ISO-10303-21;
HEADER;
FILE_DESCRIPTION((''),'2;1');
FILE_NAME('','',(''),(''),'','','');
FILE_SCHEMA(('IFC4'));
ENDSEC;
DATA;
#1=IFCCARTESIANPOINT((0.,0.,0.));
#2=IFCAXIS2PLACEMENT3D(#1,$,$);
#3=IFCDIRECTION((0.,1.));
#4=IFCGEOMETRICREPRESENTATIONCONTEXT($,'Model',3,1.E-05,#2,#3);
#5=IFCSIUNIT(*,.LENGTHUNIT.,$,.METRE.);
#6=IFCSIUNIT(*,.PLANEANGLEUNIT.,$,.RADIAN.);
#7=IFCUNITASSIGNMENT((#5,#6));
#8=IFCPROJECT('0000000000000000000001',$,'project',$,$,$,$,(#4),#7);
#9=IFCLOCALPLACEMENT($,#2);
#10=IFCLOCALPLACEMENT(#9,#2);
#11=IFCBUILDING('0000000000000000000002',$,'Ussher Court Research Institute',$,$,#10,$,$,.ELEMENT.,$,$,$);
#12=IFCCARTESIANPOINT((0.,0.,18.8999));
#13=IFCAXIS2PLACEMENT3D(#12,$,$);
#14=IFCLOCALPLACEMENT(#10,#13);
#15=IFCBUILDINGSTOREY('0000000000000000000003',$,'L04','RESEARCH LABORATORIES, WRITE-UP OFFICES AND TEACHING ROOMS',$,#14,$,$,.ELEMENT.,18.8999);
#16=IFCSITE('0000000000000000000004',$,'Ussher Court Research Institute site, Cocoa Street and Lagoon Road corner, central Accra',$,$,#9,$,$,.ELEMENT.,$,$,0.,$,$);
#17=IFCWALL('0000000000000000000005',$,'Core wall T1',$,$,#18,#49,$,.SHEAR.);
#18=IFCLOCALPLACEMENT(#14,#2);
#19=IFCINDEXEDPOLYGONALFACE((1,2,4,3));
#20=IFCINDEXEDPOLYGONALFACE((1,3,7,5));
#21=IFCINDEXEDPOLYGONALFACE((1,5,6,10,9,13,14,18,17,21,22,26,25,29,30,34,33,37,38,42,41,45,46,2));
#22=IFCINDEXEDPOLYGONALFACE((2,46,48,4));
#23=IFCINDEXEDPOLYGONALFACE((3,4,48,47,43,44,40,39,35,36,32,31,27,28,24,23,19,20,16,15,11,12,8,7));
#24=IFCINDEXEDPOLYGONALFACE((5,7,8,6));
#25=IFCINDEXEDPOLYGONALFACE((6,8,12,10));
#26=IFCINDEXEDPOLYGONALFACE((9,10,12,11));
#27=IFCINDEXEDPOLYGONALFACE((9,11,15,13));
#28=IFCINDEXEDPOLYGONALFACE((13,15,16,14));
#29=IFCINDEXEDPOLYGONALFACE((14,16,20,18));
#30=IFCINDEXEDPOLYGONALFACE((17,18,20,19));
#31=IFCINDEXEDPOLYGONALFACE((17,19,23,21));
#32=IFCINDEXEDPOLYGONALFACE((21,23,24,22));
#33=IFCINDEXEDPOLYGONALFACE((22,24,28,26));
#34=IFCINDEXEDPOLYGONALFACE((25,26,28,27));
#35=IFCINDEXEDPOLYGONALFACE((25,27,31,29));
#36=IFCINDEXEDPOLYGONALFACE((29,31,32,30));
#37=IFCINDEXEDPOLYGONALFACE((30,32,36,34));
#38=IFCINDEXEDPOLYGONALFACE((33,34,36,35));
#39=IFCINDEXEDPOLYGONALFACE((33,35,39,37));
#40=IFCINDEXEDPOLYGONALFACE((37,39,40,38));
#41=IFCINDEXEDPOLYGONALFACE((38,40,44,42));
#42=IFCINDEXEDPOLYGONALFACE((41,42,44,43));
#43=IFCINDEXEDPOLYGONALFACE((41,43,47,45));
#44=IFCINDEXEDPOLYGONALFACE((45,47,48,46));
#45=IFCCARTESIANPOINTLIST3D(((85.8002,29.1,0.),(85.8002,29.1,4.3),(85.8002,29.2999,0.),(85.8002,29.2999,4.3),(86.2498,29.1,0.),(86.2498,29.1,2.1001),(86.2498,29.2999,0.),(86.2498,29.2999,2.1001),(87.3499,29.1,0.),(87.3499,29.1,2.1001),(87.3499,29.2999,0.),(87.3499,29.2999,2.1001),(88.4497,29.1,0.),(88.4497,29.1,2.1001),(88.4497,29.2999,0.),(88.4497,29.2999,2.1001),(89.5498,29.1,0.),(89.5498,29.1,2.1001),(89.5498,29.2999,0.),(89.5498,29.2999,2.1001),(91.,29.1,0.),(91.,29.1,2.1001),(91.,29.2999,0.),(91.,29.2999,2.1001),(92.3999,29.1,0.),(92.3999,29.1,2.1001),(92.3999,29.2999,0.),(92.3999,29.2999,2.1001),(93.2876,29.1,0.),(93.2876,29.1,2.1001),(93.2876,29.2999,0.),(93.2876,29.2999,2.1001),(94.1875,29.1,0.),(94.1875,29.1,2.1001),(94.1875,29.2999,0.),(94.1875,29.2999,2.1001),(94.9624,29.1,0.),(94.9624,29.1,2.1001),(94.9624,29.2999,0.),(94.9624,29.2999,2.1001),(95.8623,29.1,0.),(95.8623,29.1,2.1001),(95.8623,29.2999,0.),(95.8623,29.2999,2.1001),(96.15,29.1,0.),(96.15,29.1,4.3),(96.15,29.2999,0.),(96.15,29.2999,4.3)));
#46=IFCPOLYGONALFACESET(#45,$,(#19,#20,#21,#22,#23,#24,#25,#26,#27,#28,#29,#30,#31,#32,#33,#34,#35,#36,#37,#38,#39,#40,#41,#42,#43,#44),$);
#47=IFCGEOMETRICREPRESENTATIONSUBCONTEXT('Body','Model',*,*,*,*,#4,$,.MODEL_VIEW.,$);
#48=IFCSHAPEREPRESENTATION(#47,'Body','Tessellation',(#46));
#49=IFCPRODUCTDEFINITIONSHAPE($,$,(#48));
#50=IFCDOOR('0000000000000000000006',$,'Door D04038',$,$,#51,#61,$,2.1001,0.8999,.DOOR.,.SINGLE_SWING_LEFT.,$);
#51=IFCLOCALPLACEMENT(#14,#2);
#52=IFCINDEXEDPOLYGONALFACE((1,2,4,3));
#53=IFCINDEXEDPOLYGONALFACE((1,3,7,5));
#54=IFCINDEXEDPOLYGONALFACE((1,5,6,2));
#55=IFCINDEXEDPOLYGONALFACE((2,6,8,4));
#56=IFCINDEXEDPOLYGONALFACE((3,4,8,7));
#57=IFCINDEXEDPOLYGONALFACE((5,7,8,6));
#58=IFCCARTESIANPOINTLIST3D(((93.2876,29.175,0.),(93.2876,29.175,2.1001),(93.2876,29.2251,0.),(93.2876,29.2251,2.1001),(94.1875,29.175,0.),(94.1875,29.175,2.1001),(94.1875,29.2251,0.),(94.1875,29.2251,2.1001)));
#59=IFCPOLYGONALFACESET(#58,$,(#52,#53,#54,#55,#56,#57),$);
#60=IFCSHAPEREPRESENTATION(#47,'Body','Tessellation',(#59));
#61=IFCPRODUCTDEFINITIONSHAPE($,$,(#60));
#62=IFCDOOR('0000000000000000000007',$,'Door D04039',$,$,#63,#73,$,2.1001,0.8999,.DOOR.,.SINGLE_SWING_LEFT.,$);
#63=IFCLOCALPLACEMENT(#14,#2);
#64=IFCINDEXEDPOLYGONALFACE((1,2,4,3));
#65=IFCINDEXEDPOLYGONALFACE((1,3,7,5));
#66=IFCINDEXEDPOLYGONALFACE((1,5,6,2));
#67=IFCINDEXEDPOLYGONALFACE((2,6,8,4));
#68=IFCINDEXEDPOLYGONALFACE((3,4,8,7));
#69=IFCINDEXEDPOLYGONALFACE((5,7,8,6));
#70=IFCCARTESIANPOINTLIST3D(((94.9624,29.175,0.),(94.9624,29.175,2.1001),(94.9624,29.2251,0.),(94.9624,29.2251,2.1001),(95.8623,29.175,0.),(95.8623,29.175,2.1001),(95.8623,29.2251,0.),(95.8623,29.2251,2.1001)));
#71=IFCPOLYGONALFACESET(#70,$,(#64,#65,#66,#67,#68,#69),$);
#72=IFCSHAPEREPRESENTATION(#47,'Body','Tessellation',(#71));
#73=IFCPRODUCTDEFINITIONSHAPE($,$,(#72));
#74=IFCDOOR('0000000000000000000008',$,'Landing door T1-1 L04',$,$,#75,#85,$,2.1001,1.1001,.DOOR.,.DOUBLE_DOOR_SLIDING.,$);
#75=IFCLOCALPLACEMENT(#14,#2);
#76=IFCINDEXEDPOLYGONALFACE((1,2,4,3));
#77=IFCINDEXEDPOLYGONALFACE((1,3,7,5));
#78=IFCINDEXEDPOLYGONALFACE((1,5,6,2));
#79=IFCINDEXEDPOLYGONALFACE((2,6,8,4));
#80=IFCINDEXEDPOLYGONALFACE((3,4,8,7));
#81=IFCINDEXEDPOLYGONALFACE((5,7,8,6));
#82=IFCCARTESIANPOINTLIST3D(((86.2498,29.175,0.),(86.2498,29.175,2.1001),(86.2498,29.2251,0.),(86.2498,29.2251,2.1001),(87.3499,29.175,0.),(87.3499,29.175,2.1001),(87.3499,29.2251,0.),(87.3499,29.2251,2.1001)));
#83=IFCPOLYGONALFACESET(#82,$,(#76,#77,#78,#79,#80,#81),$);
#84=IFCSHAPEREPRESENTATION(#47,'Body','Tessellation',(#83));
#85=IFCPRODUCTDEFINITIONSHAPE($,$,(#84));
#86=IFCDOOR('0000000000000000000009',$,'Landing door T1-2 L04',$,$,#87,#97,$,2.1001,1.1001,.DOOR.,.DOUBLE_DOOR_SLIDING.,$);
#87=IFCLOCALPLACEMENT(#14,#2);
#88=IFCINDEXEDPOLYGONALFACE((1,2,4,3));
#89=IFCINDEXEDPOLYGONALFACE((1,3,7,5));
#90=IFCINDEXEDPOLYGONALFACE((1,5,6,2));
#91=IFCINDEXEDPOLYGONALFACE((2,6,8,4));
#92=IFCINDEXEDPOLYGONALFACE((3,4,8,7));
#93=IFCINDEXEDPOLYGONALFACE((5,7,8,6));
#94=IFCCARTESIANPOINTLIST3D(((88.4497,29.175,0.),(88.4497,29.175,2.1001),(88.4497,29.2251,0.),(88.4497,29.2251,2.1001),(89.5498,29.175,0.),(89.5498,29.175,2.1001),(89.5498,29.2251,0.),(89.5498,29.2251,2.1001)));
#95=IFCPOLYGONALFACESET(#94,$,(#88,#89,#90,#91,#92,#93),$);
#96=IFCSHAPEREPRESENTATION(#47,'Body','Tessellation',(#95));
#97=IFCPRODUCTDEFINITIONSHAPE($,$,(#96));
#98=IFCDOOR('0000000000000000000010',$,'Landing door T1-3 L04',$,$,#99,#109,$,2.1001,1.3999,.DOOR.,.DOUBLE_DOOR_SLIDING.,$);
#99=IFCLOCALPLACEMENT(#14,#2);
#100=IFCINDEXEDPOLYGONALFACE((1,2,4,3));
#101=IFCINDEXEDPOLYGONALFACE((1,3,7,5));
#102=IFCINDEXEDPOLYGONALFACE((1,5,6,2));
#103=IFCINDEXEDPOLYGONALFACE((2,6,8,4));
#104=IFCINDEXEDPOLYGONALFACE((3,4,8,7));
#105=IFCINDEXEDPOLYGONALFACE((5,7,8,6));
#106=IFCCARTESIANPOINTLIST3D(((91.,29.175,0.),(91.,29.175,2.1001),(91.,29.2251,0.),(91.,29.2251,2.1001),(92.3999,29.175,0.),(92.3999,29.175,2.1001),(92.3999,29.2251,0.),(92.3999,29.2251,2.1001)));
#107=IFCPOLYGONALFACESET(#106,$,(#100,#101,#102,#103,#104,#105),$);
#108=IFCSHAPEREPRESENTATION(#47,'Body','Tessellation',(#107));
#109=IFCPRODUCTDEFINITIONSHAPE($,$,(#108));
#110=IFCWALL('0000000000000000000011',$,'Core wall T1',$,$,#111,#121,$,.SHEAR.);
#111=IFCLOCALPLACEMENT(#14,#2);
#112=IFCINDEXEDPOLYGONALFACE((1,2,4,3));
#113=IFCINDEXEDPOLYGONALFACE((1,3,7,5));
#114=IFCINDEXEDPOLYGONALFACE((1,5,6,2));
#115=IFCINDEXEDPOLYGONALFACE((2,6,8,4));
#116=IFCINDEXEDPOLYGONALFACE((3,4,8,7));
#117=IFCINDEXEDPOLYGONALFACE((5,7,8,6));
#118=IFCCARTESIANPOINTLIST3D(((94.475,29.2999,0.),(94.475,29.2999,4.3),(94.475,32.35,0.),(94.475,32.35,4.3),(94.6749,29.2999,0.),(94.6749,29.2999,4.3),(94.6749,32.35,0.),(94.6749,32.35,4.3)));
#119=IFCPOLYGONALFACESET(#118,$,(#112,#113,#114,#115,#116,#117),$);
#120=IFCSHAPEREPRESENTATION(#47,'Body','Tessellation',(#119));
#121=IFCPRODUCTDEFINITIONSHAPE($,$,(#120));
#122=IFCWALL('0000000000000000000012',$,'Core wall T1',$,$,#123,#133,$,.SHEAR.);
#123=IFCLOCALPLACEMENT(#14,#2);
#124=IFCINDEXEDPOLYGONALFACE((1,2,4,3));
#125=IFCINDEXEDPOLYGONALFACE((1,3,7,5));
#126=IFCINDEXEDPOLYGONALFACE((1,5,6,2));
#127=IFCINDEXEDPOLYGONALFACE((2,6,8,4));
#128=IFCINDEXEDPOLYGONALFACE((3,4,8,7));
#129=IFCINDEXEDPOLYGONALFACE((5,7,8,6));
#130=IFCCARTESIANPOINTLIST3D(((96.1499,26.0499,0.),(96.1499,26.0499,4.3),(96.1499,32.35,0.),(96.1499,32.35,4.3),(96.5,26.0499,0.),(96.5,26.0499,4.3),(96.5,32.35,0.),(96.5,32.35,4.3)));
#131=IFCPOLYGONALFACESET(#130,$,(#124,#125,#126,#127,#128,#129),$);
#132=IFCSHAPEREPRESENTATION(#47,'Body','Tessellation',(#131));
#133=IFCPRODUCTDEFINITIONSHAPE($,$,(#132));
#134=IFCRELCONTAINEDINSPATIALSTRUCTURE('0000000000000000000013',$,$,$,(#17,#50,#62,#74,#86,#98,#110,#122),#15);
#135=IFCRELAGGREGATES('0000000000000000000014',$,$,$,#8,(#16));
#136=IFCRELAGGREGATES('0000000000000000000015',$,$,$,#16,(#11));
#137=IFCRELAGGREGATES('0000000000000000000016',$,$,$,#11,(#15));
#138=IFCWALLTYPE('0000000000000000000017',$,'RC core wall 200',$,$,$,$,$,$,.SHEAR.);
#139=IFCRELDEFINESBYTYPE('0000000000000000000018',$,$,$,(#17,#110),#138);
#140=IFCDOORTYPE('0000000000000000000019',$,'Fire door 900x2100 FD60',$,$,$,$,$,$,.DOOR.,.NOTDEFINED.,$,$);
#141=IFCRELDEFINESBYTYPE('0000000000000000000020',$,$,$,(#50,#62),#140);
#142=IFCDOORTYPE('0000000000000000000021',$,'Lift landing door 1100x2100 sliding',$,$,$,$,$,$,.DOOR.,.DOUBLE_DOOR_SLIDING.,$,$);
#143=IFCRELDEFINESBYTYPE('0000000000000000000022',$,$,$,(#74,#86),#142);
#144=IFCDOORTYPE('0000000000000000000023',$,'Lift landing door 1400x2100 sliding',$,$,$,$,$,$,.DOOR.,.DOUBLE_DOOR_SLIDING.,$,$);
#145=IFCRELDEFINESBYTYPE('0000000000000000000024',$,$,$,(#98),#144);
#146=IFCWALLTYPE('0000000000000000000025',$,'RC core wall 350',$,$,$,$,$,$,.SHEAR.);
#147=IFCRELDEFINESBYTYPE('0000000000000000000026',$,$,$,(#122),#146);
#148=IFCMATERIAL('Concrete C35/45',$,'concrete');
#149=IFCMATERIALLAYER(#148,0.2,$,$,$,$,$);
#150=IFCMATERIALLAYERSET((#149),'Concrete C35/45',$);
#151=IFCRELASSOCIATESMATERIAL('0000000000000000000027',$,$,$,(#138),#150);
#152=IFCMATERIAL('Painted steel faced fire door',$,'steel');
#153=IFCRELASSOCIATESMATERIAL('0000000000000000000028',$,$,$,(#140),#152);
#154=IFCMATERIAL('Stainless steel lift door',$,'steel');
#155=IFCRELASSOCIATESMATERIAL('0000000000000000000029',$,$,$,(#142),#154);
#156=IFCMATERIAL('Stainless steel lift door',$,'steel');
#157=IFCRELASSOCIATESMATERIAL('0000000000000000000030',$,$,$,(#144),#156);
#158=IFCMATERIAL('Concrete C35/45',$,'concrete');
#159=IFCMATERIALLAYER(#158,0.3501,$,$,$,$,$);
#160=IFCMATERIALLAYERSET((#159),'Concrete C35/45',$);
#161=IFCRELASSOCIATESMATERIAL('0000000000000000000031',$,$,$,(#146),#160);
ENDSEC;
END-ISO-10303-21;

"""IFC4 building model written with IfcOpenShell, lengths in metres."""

from ifc_helpers import new_model, si_unit, direction, frame, frame_2d, origin, place, context, subcontext, project, spatial, rectangle, extrude, material, layer, layer_set, type_object, element, fill, save


model = new_model("IFC4")

# Units and contexts
model_context = context("Model", 3, precision=1e-05, world=origin(), true_north=direction((0.0, 1.0)))
body_context = subcontext(model_context, "Body", "Model", "MODEL_VIEW")
ifc_project = project(units=[si_unit("LENGTHUNIT", "METRE"), si_unit("PLANEANGLEUNIT", "RADIAN")], contexts=[model_context])

# Site, building, storey
site_placement = place(None, origin())
site = spatial("IfcSite", under=ifc_project, at=site_placement, Name="Ussher Court Research Institute site, Cocoa Street and Lagoon Road corner, central Accra", CompositionType="ELEMENT", RefElevation=0.0)
building_placement = place(site_placement, origin())
building = spatial("IfcBuilding", under=site, at=building_placement, Name="Ussher Court Research Institute", CompositionType="ELEMENT")
storey_placement = place(building_placement, frame((0.0, 0.0, 18.8999)))
storey = spatial("IfcBuildingStorey", under=building, at=storey_placement, Name="L04", Description="RESEARCH LABORATORIES, WRITE-UP OFFICES AND TEACHING ROOMS", CompositionType="ELEMENT", Elevation=18.8999)

# Wall, openings, doors
ifc_material_1 = material(Name="Concrete C35/45", Category="concrete")
ifc_layer_1 = layer(ifc_material_1, 0.2)
ifc_layer_set_1 = layer_set([ifc_layer_1], Name="Concrete C35/45")
wall_type_1 = type_object("IfcWallType", Name="RC core wall 200", PredefinedType="SHEAR", material=ifc_layer_set_1)
wall_1_placement = place(storey_placement, frame((96.1499, 29.2, 0.0), z_axis=(0.0, 0.0, 1.0), x_axis=(-1.0, 0.0, 0.0)))
wall_1 = element("IfcWall", 1, at=wall_1_placement, inside=storey, type_object=wall_type_1, Name="Core wall T1", PredefinedType="SHEAR", context=body_context, shape_type="SweptSolid", body=[
    extrude(rectangle(XDim=10.3499, YDim=0.2, at=frame_2d((5.1748, 0.0))), origin(), (0.0, 0.0, 1.0), 4.3),
])
opening_1_placement = place(wall_1_placement, frame((8.8, 0.0, 0.0)))
opening_1 = element("IfcOpeningElement", 2, at=opening_1_placement, cuts=wall_1, PredefinedType="OPENING", context=body_context, shape_type="SweptSolid", body=[
    extrude(rectangle(XDim=1.1001, YDim=2.1001, at=frame_2d((0.55, 1.05))), frame((0.0, 0.1099, 0.0), z_axis=(0.0, -1.0, 0.0), x_axis=(1.0, 0.0, 0.0)), (0.0, 0.0, 1.0), 0.22),
])
opening_2_placement = place(wall_1_placement, frame((6.6001, 0.0, 0.0)))
opening_2 = element("IfcOpeningElement", 3, at=opening_2_placement, cuts=wall_1, PredefinedType="OPENING", context=body_context, shape_type="SweptSolid", body=[
    extrude(rectangle(XDim=1.1001, YDim=2.1001, at=frame_2d((0.55, 1.05))), frame((0.0, 0.1099, 0.0), z_axis=(0.0, -1.0, 0.0), x_axis=(1.0, 0.0, 0.0)), (0.0, 0.0, 1.0), 0.22),
])
opening_3_placement = place(wall_1_placement, frame((3.75, 0.0, 0.0)))
opening_3 = element("IfcOpeningElement", 4, at=opening_3_placement, cuts=wall_1, PredefinedType="OPENING", context=body_context, shape_type="SweptSolid", body=[
    extrude(rectangle(XDim=1.3999, YDim=2.1001, at=frame_2d((0.7, 1.05))), frame((0.0, 0.1099, 0.0), z_axis=(0.0, -1.0, 0.0), x_axis=(1.0, 0.0, 0.0)), (0.0, 0.0, 1.0), 0.22),
])
opening_4_placement = place(wall_1_placement, frame((1.9624, 0.0, 0.0)))
opening_4 = element("IfcOpeningElement", 5, at=opening_4_placement, cuts=wall_1, PredefinedType="OPENING", context=body_context, shape_type="SweptSolid", body=[
    extrude(rectangle(XDim=0.8999, YDim=2.1001, at=frame_2d((0.45, 1.05))), frame((0.0, 0.1099, 0.0), z_axis=(0.0, -1.0, 0.0), x_axis=(1.0, 0.0, 0.0)), (0.0, 0.0, 1.0), 0.22),
])
opening_5_placement = place(wall_1_placement, frame((0.2876, 0.0, 0.0)))
opening_5 = element("IfcOpeningElement", 6, at=opening_5_placement, cuts=wall_1, PredefinedType="OPENING", context=body_context, shape_type="SweptSolid", body=[
    extrude(rectangle(XDim=0.8999, YDim=2.1001, at=frame_2d((0.45, 1.05))), frame((0.0, 0.1099, 0.0), z_axis=(0.0, -1.0, 0.0), x_axis=(1.0, 0.0, 0.0)), (0.0, 0.0, 1.0), 0.22),
])
ifc_material_2 = material(Name="Painted steel faced fire door", Category="steel")
door_type_1 = type_object("IfcDoorType", Name="Fire door 900x2100 FD60", OperationType="NOTDEFINED", PredefinedType="DOOR", material=ifc_material_2)
door_1_placement = place(opening_4_placement, origin())
door_1 = element("IfcDoor", 7, at=door_1_placement, inside=storey, type_object=door_type_1, Name="Door D04038", OperationType="SINGLE_SWING_LEFT", OverallHeight=2.1001, OverallWidth=0.8999, PredefinedType="DOOR", context=body_context, shape_type="SweptSolid", body=[
    extrude(rectangle(XDim=0.8999, YDim=2.1001, at=frame_2d((0.45, 1.05))), frame((0.0, 0.0249, 0.0), z_axis=(0.0, -1.0, 0.0), x_axis=(1.0, 0.0, 0.0)), (0.0, 0.0, 1.0), 0.05),
])
fill(opening_4, door_1)
door_2_placement = place(opening_5_placement, origin())
door_2 = element("IfcDoor", 8, at=door_2_placement, inside=storey, type_object=door_type_1, Name="Door D04039", OperationType="SINGLE_SWING_LEFT", OverallHeight=2.1001, OverallWidth=0.8999, PredefinedType="DOOR", context=body_context, shape_type="SweptSolid", body=[
    extrude(rectangle(XDim=0.8999, YDim=2.1001, at=frame_2d((0.45, 1.05))), frame((0.0, 0.0249, 0.0), z_axis=(0.0, -1.0, 0.0), x_axis=(1.0, 0.0, 0.0)), (0.0, 0.0, 1.0), 0.05),
])
fill(opening_5, door_2)
ifc_material_3 = material(Name="Stainless steel lift door", Category="steel")
door_type_2 = type_object("IfcDoorType", Name="Lift landing door 1100x2100 sliding", OperationType="DOUBLE_DOOR_SLIDING", PredefinedType="DOOR", material=ifc_material_3)
door_3_placement = place(opening_1_placement, origin())
door_3 = element("IfcDoor", 9, at=door_3_placement, inside=storey, type_object=door_type_2, Name="Landing door T1-1 L04", OperationType="DOUBLE_DOOR_SLIDING", OverallHeight=2.1001, OverallWidth=1.1001, PredefinedType="DOOR", context=body_context, shape_type="SweptSolid", body=[
    extrude(rectangle(XDim=1.1001, YDim=2.1001, at=frame_2d((0.55, 1.05))), frame((0.0, 0.0249, 0.0), z_axis=(0.0, -1.0, 0.0), x_axis=(1.0, 0.0, 0.0)), (0.0, 0.0, 1.0), 0.05),
])
fill(opening_1, door_3)
door_4_placement = place(opening_2_placement, origin())
door_4 = element("IfcDoor", 10, at=door_4_placement, inside=storey, type_object=door_type_2, Name="Landing door T1-2 L04", OperationType="DOUBLE_DOOR_SLIDING", OverallHeight=2.1001, OverallWidth=1.1001, PredefinedType="DOOR", context=body_context, shape_type="SweptSolid", body=[
    extrude(rectangle(XDim=1.1001, YDim=2.1001, at=frame_2d((0.55, 1.05))), frame((0.0, 0.0249, 0.0), z_axis=(0.0, -1.0, 0.0), x_axis=(1.0, 0.0, 0.0)), (0.0, 0.0, 1.0), 0.05),
])
fill(opening_2, door_4)
ifc_material_4 = material(Name="Stainless steel lift door", Category="steel")
door_type_3 = type_object("IfcDoorType", Name="Lift landing door 1400x2100 sliding", OperationType="DOUBLE_DOOR_SLIDING", PredefinedType="DOOR", material=ifc_material_4)
door_5_placement = place(opening_3_placement, origin())
door_5 = element("IfcDoor", 11, at=door_5_placement, inside=storey, type_object=door_type_3, Name="Landing door T1-3 L04", OperationType="DOUBLE_DOOR_SLIDING", OverallHeight=2.1001, OverallWidth=1.3999, PredefinedType="DOOR", context=body_context, shape_type="SweptSolid", body=[
    extrude(rectangle(XDim=1.3999, YDim=2.1001, at=frame_2d((0.7, 1.05))), frame((0.0, 0.0249, 0.0), z_axis=(0.0, -1.0, 0.0), x_axis=(1.0, 0.0, 0.0)), (0.0, 0.0, 1.0), 0.05),
])
fill(opening_3, door_5)

# Walls
wall_2_placement = place(storey_placement, frame((94.575, 29.3, 0.0), z_axis=(0.0, 0.0, 1.0), x_axis=(0.0, 1.0, 0.0)))
element("IfcWall", 12, at=wall_2_placement, inside=storey, type_object=wall_type_1, Name="Core wall T1", PredefinedType="SHEAR", context=body_context, shape_type="SweptSolid", body=[
    extrude(rectangle(XDim=3.05, YDim=0.2, at=frame_2d((1.5249, 0.0))), origin(), (0.0, 0.0, 1.0), 4.3),
])
ifc_material_5 = material(Name="Concrete C35/45", Category="concrete")
ifc_layer_2 = layer(ifc_material_5, 0.3501)
ifc_layer_set_2 = layer_set([ifc_layer_2], Name="Concrete C35/45")
wall_type_2 = type_object("IfcWallType", Name="RC core wall 350", PredefinedType="SHEAR", material=ifc_layer_set_2)
wall_3_placement = place(storey_placement, frame((96.325, 26.05, 0.0), z_axis=(0.0, 0.0, 1.0), x_axis=(0.0, 1.0, 0.0)))
element("IfcWall", 13, at=wall_3_placement, inside=storey, type_object=wall_type_2, Name="Core wall T1", PredefinedType="SHEAR", context=body_context, shape_type="SweptSolid", body=[
    extrude(rectangle(XDim=6.3, YDim=0.3501, at=frame_2d((3.1499, 0.0))), origin(), (0.0, 0.0, 1.0), 4.3),
])

save(model, "model.ifc")
